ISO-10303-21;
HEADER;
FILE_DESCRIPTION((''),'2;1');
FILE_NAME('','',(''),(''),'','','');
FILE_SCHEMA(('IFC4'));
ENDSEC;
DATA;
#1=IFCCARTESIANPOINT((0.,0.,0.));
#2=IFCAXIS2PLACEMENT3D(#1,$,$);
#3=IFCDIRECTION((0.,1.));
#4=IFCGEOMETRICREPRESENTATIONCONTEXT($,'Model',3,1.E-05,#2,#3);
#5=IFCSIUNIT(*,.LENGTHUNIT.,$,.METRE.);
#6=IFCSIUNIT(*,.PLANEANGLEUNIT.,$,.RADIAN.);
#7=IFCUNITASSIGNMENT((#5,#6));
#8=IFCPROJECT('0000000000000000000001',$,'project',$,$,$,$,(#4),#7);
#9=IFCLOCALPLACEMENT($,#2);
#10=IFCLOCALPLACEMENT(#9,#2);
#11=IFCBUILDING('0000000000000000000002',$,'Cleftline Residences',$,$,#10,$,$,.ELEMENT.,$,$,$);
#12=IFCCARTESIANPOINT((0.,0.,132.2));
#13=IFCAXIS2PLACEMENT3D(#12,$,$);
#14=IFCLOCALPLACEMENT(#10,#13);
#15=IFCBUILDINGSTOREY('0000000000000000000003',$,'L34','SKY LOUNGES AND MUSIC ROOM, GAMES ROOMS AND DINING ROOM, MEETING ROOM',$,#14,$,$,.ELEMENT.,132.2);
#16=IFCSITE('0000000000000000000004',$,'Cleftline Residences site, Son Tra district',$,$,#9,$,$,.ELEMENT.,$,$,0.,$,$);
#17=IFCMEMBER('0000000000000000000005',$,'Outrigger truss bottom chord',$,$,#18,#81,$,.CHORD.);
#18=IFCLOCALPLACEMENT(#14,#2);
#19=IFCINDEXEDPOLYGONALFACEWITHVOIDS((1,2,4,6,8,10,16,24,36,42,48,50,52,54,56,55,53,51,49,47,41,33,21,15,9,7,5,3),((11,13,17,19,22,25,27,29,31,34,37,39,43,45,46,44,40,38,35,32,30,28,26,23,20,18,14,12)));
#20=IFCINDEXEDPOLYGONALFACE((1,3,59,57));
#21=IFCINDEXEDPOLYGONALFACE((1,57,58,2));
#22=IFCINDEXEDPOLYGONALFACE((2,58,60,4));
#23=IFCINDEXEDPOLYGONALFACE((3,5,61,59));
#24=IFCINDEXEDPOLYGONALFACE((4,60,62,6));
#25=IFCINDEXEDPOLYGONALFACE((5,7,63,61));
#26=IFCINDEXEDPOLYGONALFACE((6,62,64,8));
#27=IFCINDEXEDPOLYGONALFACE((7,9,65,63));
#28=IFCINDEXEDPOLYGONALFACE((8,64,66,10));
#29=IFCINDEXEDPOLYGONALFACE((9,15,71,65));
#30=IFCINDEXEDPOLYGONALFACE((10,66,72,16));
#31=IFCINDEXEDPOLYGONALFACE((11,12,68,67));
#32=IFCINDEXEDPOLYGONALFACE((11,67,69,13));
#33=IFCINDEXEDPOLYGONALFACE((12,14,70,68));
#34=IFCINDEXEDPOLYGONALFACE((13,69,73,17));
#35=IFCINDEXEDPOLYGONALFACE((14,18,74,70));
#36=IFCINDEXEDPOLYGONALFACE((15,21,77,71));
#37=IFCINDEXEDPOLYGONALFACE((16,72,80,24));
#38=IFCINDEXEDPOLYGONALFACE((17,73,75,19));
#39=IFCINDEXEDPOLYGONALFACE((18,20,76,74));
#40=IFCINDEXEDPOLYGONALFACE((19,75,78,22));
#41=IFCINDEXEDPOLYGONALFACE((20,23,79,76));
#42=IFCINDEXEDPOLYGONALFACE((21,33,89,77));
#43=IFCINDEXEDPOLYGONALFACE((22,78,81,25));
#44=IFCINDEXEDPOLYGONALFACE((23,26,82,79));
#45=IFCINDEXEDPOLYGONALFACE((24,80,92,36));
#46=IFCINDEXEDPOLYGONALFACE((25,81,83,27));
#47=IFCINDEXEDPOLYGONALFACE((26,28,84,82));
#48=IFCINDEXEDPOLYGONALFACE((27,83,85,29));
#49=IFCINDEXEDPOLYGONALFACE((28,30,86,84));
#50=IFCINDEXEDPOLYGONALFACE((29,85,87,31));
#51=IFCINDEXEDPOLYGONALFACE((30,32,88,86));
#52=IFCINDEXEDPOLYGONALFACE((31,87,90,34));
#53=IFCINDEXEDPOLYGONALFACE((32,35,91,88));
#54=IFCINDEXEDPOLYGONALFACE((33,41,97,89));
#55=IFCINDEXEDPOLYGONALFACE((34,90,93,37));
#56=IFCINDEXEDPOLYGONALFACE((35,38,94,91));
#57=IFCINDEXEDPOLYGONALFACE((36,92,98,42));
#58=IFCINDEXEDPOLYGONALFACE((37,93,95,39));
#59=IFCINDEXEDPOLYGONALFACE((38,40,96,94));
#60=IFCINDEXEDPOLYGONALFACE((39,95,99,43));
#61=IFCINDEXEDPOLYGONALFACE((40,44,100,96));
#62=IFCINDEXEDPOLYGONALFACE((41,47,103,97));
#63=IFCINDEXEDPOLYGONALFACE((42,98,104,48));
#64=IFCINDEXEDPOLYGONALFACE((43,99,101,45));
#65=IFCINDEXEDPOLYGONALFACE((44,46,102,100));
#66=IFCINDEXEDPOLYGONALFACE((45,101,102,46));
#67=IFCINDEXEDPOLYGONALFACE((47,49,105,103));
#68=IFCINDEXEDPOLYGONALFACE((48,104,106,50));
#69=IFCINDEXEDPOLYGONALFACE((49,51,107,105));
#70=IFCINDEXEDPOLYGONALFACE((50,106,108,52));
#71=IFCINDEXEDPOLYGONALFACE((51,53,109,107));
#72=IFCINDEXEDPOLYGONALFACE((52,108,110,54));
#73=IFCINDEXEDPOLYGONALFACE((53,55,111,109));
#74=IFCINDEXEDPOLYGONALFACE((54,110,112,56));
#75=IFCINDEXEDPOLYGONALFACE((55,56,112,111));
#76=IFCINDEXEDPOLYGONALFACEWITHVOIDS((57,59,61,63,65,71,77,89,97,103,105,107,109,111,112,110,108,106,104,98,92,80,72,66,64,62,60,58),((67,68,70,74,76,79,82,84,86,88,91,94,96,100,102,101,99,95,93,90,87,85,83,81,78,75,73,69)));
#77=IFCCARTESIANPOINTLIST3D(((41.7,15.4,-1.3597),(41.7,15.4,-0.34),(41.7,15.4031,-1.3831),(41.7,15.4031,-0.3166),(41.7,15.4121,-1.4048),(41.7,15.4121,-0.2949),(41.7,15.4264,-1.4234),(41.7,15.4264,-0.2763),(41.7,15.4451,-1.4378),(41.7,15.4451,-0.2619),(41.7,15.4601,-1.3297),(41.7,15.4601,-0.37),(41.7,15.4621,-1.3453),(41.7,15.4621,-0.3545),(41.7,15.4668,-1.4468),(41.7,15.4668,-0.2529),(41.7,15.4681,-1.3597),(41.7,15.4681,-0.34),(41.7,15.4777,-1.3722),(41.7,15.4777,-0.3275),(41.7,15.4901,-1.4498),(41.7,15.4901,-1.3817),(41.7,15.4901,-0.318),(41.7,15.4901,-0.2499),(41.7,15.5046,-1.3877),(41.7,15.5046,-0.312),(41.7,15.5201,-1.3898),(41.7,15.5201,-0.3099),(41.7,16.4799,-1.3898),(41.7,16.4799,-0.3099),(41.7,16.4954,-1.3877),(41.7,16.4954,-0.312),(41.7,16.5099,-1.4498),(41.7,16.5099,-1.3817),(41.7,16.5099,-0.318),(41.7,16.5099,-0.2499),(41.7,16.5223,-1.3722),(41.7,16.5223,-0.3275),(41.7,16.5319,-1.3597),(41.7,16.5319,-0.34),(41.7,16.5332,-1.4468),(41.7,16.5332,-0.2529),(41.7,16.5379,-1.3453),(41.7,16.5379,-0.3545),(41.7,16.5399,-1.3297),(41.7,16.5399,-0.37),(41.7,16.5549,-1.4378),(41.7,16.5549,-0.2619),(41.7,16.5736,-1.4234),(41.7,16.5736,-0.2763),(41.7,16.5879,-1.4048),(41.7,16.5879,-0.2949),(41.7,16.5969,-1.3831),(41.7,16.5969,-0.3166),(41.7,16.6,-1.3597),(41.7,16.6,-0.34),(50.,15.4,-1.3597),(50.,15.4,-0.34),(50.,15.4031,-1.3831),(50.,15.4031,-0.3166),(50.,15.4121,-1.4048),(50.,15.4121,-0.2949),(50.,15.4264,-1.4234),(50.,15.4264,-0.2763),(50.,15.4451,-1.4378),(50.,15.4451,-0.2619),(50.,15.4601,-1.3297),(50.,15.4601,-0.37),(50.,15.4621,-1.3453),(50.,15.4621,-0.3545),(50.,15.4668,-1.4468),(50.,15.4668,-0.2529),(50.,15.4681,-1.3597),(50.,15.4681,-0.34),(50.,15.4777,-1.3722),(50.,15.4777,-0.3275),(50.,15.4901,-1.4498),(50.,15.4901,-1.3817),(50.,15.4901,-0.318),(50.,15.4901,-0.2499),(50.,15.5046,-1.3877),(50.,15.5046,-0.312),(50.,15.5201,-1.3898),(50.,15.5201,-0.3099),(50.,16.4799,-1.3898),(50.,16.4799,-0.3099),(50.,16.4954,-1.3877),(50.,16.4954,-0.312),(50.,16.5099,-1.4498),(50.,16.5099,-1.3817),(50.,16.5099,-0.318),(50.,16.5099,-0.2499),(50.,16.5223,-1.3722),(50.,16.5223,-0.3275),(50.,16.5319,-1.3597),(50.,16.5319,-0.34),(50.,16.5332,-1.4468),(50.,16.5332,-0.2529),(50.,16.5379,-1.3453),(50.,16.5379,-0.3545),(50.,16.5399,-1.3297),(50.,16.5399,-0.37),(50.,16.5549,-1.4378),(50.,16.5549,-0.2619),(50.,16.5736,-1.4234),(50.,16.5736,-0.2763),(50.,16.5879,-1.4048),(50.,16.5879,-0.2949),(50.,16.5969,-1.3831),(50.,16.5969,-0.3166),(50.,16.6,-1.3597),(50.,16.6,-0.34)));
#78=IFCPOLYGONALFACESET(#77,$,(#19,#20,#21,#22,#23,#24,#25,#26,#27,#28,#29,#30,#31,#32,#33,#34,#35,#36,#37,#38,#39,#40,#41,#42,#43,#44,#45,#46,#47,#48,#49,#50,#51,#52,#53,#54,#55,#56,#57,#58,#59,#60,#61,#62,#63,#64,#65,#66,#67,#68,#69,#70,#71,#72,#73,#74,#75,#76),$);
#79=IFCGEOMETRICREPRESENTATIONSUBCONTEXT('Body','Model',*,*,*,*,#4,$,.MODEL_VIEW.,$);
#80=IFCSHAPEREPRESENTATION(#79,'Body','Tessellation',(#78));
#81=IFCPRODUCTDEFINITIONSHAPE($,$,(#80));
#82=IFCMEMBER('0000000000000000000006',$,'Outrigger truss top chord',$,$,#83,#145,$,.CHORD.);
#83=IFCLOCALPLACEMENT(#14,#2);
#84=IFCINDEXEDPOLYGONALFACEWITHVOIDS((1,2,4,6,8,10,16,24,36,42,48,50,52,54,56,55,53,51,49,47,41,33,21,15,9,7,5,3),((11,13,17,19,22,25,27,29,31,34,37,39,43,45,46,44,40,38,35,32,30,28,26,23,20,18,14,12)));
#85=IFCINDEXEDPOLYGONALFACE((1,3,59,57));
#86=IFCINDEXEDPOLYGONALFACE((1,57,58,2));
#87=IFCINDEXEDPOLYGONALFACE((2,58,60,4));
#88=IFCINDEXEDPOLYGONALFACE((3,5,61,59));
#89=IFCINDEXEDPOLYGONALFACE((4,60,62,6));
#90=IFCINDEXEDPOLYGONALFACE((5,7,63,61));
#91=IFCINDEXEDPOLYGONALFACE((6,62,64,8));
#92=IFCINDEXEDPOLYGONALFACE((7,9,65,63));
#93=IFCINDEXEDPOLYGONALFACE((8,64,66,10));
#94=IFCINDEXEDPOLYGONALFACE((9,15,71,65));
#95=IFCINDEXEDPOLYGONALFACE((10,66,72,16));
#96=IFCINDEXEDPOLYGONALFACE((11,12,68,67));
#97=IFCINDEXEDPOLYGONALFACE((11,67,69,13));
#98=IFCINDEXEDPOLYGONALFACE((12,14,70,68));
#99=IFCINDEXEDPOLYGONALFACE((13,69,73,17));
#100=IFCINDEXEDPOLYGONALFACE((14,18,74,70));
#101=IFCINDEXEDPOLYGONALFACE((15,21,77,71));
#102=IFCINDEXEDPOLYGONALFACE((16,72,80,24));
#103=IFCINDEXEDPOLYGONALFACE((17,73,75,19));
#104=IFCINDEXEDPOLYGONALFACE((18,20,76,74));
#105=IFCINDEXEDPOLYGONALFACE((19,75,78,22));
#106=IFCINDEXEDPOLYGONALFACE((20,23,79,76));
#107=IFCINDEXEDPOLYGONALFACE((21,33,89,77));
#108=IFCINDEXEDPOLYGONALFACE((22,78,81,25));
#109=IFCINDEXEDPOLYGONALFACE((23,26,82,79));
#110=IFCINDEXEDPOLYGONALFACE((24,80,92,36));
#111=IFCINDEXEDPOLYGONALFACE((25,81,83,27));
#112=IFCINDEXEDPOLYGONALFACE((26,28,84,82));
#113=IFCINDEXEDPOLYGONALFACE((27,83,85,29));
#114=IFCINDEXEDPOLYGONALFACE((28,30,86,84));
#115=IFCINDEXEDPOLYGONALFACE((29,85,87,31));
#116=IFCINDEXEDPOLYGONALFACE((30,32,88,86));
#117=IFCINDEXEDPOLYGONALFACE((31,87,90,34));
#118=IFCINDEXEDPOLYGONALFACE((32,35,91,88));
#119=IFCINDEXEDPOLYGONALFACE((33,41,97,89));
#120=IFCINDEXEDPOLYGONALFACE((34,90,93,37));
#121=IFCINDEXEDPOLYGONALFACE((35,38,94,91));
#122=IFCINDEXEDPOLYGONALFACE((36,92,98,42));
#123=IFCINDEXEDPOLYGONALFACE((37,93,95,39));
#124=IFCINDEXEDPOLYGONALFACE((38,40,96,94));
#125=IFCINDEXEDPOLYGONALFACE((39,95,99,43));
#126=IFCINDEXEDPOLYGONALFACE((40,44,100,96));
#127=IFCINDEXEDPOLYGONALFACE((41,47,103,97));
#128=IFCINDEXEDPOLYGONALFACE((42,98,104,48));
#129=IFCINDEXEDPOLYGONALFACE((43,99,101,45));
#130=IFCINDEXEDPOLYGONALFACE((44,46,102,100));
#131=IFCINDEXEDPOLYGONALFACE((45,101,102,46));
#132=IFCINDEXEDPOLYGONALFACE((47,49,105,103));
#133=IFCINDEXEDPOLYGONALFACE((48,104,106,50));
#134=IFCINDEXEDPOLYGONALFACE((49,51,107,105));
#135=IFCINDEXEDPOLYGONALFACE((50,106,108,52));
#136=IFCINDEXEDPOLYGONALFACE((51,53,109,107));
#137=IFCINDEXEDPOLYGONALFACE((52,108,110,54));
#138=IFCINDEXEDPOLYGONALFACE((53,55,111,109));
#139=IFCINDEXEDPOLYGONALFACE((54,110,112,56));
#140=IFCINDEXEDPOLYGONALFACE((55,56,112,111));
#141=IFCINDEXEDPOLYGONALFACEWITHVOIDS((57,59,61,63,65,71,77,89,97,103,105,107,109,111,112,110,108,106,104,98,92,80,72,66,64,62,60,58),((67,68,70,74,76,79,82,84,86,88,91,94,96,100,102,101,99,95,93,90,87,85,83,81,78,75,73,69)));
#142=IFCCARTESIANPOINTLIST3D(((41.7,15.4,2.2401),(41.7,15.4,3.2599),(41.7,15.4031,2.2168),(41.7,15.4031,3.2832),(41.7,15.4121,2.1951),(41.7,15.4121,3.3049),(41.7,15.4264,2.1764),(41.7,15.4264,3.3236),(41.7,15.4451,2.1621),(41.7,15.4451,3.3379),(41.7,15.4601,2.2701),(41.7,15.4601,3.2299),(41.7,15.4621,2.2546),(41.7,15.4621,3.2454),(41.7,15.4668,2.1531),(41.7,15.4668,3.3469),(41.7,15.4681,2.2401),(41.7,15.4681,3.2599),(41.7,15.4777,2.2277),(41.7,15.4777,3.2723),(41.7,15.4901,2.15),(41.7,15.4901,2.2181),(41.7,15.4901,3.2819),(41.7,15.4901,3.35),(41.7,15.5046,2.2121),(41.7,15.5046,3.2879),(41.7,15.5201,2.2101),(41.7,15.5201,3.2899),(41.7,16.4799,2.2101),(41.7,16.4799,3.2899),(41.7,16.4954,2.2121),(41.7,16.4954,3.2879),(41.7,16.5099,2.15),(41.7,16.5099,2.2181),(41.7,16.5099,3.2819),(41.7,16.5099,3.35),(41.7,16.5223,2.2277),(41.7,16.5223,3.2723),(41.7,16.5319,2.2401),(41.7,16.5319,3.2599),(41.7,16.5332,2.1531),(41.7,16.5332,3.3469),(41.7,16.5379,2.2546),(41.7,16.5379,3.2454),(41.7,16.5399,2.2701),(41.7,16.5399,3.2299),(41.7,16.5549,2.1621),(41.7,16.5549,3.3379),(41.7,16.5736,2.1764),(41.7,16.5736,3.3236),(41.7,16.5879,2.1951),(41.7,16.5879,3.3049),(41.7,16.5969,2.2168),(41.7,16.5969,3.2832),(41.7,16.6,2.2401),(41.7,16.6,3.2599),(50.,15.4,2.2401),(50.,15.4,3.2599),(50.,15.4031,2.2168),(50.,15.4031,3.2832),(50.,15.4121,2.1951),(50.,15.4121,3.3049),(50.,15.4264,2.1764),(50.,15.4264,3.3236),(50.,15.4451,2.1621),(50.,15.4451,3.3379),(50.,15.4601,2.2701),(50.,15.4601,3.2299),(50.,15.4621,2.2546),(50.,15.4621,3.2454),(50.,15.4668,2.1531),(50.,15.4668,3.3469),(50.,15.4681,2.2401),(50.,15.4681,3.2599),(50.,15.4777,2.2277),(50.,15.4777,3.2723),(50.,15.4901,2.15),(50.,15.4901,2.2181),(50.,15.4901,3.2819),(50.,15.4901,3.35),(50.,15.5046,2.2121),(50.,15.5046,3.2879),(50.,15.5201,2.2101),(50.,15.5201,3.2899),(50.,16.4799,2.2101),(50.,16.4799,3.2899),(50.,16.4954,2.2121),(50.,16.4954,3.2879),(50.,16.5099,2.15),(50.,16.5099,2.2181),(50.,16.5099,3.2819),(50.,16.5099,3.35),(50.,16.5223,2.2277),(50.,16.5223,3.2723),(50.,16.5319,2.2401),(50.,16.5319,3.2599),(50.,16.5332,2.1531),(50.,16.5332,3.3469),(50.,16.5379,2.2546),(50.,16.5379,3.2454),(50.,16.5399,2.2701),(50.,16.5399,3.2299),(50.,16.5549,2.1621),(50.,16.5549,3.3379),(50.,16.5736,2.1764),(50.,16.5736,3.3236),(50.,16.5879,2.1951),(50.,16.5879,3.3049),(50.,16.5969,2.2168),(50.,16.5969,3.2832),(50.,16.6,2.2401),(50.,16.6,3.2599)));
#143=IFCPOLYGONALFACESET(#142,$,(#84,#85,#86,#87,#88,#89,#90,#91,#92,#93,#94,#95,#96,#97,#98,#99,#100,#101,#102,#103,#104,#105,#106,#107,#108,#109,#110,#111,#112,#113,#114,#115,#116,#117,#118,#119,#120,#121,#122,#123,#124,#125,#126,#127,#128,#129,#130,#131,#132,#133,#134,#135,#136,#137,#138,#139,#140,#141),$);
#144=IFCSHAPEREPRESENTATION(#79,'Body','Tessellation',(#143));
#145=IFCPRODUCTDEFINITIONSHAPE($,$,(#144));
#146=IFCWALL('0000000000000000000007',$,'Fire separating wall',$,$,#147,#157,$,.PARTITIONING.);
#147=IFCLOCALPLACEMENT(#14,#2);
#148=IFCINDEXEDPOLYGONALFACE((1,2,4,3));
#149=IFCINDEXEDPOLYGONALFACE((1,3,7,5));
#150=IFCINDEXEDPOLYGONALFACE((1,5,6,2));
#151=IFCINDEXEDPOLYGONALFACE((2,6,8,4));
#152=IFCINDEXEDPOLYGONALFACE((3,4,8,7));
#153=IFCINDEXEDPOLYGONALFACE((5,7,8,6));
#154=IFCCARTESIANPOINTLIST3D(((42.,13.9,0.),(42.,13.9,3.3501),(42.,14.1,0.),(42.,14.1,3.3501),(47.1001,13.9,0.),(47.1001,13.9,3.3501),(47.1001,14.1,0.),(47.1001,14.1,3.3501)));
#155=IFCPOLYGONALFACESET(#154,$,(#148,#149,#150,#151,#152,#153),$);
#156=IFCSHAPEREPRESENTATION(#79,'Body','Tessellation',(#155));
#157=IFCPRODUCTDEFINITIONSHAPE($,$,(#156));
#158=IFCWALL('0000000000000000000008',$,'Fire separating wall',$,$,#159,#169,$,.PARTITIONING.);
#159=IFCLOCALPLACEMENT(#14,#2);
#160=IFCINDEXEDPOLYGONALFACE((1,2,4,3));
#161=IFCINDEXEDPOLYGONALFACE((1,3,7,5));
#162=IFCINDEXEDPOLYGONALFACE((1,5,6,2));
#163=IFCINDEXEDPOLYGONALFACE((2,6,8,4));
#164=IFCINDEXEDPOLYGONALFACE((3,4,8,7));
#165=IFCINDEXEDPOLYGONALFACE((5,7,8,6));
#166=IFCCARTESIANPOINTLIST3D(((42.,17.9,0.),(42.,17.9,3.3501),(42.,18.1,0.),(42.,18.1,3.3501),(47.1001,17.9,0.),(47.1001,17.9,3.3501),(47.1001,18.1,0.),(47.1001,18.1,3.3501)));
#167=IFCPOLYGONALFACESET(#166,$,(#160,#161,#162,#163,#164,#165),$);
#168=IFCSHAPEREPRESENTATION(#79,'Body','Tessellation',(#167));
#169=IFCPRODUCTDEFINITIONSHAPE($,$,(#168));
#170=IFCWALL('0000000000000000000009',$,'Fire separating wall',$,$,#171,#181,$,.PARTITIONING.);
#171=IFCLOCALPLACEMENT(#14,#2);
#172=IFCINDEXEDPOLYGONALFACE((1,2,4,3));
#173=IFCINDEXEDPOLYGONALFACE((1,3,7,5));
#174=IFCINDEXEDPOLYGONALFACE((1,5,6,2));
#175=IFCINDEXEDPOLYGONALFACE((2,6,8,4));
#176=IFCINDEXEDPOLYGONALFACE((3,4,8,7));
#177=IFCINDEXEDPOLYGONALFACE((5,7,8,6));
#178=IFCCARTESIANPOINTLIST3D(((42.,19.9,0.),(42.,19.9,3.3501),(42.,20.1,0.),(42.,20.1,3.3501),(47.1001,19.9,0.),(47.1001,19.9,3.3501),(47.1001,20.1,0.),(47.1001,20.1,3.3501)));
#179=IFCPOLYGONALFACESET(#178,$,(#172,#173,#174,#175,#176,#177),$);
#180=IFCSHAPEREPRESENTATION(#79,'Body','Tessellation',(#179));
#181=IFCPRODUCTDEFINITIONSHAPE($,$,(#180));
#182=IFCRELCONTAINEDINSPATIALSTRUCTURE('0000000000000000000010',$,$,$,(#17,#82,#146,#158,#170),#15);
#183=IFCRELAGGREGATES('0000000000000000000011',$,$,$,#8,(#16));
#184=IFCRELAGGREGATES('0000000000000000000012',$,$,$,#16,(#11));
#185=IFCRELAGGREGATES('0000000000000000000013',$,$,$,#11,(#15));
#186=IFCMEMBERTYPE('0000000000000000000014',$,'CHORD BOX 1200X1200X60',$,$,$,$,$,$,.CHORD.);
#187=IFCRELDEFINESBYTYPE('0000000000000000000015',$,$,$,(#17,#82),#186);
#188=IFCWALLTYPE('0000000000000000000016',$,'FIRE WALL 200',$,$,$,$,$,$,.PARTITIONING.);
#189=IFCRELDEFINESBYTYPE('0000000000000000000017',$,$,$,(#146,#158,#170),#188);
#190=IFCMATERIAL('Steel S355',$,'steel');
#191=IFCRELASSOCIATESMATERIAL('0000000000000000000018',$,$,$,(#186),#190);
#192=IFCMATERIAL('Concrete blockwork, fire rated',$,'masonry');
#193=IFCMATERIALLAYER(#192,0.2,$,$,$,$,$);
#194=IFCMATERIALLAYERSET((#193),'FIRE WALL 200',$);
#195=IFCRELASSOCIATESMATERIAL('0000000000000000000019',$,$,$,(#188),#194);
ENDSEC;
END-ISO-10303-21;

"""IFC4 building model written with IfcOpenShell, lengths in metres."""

from ifc_helpers import new_model, si_unit, direction, frame, frame_2d, origin, origin_2d, place, context, subcontext, project, spatial, rectangle, hollow_rectangle, extrude, material, layer, layer_set, material_profile, profile_set, type_object, element, save


model = new_model("IFC4")

# Units and contexts
model_context = context("Model", 3, precision=1e-05, world=origin(), true_north=direction((0.0, 1.0)))
body_context = subcontext(model_context, "Body", "Model", "MODEL_VIEW")
ifc_project = project(units=[si_unit("LENGTHUNIT", "METRE"), si_unit("PLANEANGLEUNIT", "RADIAN")], contexts=[model_context])

# Site, building, storey
site_placement = place(None, origin())
site = spatial("IfcSite", under=ifc_project, at=site_placement, Name="Cleftline Residences site, Son Tra district", CompositionType="ELEMENT", RefElevation=0.0)
building_placement = place(site_placement, origin())
building = spatial("IfcBuilding", under=site, at=building_placement, Name="Cleftline Residences", CompositionType="ELEMENT")
storey_placement = place(building_placement, frame((0.0, 0.0, 132.2)))
storey = spatial("IfcBuildingStorey", under=building, at=storey_placement, Name="L34", Description="SKY LOUNGES AND MUSIC ROOM, GAMES ROOMS AND DINING ROOM, MEETING ROOM", CompositionType="ELEMENT", Elevation=132.2)

# Members
ifc_material_1 = material(Name="Steel S355", Category="steel")
ifc_material_profile_1 = material_profile(ifc_material_1, hollow_rectangle(XDim=1.2, YDim=1.2, WallThickness=0.0601, InnerFilletRadius=0.0601, OuterFilletRadius=0.0901, at=origin_2d()))
ifc_profile_set_1 = profile_set([ifc_material_profile_1], Name="Steel S355")
member_type_1 = type_object("IfcMemberType", Name="CHORD BOX 1200X1200X60", PredefinedType="CHORD", material=ifc_profile_set_1)
for number, where, z_axis, x_axis, name in (
    (1, (41.7, 16.0, -0.8499), (1.0, 0.0, 0.0), (0.0, 1.0, 0.0), "Outrigger truss bottom chord"),
    (2, (41.7, 16.0, 2.75), (1.0, 0.0, 0.0), (0.0, 1.0, 0.0), "Outrigger truss top chord"),
):
    element("IfcMember", number, at=place(storey_placement, frame(where, z_axis=z_axis, x_axis=x_axis)), inside=storey, type_object=member_type_1, Name=name, PredefinedType="CHORD", context=body_context, shape_type="SweptSolid", body=[
        extrude(hollow_rectangle(XDim=1.2, YDim=1.2, WallThickness=0.0601, InnerFilletRadius=0.0601, OuterFilletRadius=0.0901, at=origin_2d()), origin(), (0.0, 0.0, 1.0), 8.3),
    ])

# Walls
ifc_material_2 = material(Name="Concrete blockwork, fire rated", Category="masonry")
ifc_layer_1 = layer(ifc_material_2, 0.2)
ifc_layer_set_1 = layer_set([ifc_layer_1], Name="FIRE WALL 200")
wall_type_1 = type_object("IfcWallType", Name="FIRE WALL 200", PredefinedType="PARTITIONING", material=ifc_layer_set_1)
for number, where, z_axis, x_axis, name in (
    (3, (42.0, 14.0, 0.0), (0.0, 0.0, 1.0), (1.0, 0.0, 0.0), "Fire separating wall"),
    (4, (42.0, 18.0, 0.0), (0.0, 0.0, 1.0), (1.0, 0.0, 0.0), "Fire separating wall"),
    (5, (42.0, 20.0, 0.0), (0.0, 0.0, 1.0), (1.0, 0.0, 0.0), "Fire separating wall"),
):
    element("IfcWall", number, at=place(storey_placement, frame(where, z_axis=z_axis, x_axis=x_axis)), inside=storey, type_object=wall_type_1, Name=name, PredefinedType="PARTITIONING", context=body_context, shape_type="SweptSolid", body=[
        extrude(rectangle(XDim=5.1001, YDim=0.2, at=frame_2d((2.55, 0.0))), origin(), (0.0, 0.0, 1.0), 3.3501),
    ])

save(model, "model.ifc")
